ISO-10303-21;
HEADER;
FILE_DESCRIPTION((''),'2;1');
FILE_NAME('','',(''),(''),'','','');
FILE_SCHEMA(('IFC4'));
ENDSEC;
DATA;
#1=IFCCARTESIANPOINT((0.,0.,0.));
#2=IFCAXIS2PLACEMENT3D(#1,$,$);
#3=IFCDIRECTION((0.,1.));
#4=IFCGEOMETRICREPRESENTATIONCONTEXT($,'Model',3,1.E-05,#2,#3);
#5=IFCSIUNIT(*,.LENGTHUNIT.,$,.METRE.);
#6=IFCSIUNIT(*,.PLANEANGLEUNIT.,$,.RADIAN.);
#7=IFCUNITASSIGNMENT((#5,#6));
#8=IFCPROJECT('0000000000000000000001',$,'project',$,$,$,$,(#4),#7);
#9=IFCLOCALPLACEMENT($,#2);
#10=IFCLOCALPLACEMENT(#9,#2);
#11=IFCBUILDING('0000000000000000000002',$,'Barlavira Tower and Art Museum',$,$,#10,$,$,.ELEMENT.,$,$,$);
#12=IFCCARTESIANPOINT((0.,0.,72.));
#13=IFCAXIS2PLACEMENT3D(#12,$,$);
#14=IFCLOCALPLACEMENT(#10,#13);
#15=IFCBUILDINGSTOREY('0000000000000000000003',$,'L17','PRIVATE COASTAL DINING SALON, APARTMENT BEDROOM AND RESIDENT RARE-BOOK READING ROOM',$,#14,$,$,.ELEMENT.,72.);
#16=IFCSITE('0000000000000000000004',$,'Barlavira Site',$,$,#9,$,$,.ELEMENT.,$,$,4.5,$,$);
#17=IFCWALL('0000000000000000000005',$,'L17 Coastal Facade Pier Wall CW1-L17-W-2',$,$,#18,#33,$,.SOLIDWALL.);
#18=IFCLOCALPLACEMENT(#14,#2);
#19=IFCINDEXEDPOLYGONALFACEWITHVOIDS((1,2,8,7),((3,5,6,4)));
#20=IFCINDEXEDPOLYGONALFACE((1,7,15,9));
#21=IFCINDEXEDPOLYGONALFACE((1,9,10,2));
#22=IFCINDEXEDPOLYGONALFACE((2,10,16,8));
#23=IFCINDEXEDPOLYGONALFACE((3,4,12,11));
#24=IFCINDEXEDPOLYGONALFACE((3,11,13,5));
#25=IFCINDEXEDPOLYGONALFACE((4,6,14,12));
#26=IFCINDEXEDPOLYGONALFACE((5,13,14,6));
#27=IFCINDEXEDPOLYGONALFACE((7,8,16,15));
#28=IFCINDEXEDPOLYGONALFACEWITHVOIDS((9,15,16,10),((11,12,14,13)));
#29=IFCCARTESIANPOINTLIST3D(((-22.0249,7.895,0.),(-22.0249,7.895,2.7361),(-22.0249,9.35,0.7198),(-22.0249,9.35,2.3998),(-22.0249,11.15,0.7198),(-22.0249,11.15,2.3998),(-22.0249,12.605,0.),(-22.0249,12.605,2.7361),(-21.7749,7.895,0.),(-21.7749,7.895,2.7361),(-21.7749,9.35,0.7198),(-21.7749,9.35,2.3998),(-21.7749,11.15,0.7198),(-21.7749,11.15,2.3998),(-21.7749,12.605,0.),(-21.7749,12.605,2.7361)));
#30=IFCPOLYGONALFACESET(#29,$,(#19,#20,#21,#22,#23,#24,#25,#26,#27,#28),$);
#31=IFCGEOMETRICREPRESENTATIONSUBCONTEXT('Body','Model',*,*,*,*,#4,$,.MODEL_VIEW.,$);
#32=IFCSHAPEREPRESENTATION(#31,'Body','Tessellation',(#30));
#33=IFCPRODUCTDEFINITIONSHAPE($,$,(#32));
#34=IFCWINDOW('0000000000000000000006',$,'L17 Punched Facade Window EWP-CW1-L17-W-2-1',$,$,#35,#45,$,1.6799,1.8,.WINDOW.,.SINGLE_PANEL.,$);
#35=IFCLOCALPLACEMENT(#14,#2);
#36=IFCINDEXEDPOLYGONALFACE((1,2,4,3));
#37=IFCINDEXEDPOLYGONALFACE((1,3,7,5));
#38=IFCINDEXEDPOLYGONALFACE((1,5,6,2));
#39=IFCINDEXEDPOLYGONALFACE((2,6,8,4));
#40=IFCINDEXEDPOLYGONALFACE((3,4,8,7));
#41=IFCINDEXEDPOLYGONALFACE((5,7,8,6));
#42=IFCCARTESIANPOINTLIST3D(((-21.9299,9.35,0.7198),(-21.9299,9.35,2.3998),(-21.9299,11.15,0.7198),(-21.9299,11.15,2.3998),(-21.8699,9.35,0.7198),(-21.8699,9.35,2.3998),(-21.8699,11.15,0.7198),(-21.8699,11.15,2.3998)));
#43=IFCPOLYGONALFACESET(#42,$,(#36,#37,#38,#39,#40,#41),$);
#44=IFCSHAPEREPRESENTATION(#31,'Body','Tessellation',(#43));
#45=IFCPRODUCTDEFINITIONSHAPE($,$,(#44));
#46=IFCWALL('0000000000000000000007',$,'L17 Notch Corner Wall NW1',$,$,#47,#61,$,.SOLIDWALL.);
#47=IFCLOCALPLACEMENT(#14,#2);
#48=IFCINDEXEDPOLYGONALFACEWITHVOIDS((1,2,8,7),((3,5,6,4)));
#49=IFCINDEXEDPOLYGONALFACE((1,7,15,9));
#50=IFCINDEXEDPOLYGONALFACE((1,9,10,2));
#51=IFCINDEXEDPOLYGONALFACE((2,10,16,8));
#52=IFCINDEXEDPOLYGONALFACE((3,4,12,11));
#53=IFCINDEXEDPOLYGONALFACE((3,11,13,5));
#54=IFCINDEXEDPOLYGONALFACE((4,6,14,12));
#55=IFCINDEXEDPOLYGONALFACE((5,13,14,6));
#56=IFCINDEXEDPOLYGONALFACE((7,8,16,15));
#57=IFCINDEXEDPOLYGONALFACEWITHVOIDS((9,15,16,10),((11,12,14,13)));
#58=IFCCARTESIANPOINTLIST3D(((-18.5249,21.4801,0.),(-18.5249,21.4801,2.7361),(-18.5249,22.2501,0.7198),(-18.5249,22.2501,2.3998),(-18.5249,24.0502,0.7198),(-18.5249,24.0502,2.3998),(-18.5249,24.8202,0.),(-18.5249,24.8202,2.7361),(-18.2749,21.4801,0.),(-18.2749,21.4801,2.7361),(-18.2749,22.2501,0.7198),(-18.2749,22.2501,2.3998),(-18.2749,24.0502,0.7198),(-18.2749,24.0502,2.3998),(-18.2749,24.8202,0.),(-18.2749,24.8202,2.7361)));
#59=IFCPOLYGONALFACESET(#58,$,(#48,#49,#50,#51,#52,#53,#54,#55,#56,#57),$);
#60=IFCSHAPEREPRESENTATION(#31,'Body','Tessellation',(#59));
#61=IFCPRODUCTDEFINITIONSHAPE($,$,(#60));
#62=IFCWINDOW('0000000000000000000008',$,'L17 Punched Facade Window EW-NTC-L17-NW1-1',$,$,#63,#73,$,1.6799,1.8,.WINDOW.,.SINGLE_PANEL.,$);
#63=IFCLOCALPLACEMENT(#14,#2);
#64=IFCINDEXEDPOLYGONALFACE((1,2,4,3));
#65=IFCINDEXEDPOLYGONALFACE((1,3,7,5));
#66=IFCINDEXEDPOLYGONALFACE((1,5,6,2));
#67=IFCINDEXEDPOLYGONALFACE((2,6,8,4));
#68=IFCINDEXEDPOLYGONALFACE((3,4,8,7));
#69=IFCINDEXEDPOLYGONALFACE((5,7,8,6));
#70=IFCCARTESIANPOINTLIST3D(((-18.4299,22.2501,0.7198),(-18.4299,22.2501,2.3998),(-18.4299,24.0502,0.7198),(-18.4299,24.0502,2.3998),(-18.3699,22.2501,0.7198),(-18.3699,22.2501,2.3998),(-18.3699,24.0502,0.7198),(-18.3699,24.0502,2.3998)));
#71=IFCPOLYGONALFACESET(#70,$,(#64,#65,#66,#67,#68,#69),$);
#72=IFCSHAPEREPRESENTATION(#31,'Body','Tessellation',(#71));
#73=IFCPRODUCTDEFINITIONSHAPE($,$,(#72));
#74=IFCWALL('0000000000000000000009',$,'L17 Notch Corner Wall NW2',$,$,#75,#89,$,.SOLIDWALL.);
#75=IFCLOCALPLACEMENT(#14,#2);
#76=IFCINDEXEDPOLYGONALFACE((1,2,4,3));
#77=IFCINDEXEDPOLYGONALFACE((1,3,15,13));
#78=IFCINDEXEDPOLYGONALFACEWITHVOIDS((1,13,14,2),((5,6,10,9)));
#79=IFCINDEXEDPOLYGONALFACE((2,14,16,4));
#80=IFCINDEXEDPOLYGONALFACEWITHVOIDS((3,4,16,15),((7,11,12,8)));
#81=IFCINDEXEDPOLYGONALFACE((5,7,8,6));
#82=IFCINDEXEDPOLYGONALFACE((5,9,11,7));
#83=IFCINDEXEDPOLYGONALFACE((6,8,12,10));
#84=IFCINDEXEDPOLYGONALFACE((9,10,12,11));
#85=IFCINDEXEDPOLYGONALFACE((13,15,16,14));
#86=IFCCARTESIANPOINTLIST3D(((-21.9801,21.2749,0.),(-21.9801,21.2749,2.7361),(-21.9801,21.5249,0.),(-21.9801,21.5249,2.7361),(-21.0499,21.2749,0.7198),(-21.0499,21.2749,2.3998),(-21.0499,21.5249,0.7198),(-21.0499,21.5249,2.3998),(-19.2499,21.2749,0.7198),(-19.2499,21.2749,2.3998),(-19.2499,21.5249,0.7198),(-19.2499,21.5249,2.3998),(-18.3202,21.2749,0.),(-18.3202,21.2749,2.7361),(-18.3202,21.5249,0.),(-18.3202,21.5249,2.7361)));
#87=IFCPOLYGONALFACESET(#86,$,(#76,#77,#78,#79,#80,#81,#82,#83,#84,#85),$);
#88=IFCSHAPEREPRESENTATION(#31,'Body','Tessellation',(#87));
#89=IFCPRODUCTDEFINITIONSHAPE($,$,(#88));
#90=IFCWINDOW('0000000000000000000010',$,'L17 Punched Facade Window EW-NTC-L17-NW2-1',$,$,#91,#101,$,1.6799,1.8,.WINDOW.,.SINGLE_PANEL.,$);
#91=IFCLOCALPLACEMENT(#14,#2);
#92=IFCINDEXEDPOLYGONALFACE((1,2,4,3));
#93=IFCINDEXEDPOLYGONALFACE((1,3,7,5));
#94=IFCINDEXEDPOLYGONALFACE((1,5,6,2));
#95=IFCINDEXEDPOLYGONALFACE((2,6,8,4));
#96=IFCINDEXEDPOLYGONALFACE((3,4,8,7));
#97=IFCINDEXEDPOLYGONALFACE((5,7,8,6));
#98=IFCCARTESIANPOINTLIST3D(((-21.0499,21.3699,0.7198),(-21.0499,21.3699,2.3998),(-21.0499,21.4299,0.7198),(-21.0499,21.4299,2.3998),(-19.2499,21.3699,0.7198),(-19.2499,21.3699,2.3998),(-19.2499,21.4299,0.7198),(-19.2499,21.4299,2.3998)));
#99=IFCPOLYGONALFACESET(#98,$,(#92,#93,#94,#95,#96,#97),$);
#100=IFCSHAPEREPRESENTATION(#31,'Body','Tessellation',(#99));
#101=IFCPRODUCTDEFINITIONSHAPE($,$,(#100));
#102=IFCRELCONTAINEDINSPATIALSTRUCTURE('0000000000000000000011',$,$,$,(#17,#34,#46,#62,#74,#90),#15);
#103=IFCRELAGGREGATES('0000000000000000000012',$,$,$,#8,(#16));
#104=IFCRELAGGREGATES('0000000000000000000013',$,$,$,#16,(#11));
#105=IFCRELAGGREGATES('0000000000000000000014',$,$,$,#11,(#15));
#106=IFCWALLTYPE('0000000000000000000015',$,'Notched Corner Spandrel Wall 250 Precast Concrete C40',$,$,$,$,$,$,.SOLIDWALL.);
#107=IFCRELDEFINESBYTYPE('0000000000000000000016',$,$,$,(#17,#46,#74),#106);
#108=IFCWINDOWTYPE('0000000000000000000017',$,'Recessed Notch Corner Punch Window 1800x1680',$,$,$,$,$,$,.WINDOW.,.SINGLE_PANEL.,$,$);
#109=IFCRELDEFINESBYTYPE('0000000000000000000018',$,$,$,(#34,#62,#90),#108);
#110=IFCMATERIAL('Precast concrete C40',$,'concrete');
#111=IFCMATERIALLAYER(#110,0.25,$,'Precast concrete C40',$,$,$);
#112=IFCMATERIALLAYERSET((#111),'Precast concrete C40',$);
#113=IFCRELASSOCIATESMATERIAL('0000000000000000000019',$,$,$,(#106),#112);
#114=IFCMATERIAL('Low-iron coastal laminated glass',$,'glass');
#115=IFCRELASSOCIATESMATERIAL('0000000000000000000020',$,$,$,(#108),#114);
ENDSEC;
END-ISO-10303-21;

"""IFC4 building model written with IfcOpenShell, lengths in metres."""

from ifc_helpers import new_model, si_unit, direction, frame, frame_2d, origin, place, context, subcontext, project, spatial, rectangle, extrude, material, layer, layer_set, type_object, element, fill, save


model = new_model("IFC4")

# Units and contexts
model_context = context("Model", 3, precision=1e-05, world=origin(), true_north=direction((0.0, 1.0)))
body_context = subcontext(model_context, "Body", "Model", "MODEL_VIEW")
ifc_project = project(units=[si_unit("LENGTHUNIT", "METRE"), si_unit("PLANEANGLEUNIT", "RADIAN")], contexts=[model_context])

# Site, building, storey
site_placement = place(None, origin())
site = spatial("IfcSite", under=ifc_project, at=site_placement, Name="Barlavira Site", CompositionType="ELEMENT", RefElevation=4.5)
building_placement = place(site_placement, origin())
building = spatial("IfcBuilding", under=site, at=building_placement, Name="Barlavira Tower and Art Museum", CompositionType="ELEMENT")
storey_placement = place(building_placement, frame((0.0, 0.0, 72.0)))
storey = spatial("IfcBuildingStorey", under=building, at=storey_placement, Name="L17", Description="PRIVATE COASTAL DINING SALON, APARTMENT BEDROOM AND RESIDENT RARE-BOOK READING ROOM", CompositionType="ELEMENT", Elevation=72.0)

# Shared definitions
ifc_material_1 = material(Name="Precast concrete C40", Category="concrete")
ifc_layer_1 = layer(ifc_material_1, 0.25, Name="Precast concrete C40")
ifc_layer_set_1 = layer_set([ifc_layer_1], Name="Precast concrete C40")
wall_type_1 = type_object("IfcWallType", Name="Notched Corner Spandrel Wall 250 Precast Concrete C40", PredefinedType="SOLIDWALL", material=ifc_layer_set_1)
ifc_material_2 = material(Name="Low-iron coastal laminated glass", Category="glass")
window_type = type_object("IfcWindowType", Name="Recessed Notch Corner Punch Window 1800x1680", PartitioningType="SINGLE_PANEL", PredefinedType="WINDOW", material=ifc_material_2)

# Walls, openings, windows
wall_1_placement = place(storey_placement, frame((-21.8999, 12.605, 0.0), z_axis=(0.0, 0.0, 1.0), x_axis=(0.0, -1.0, 0.0)))
wall_1 = element("IfcWall", 1, at=wall_1_placement, inside=storey, type_object=wall_type_1, Name="L17 Coastal Facade Pier Wall CW1-L17-W-2", PredefinedType="SOLIDWALL", context=body_context, shape_type="SweptSolid", body=[
    extrude(rectangle(XDim=4.71, YDim=0.25, at=frame_2d((2.355, 0.0))), origin(), (0.0, 0.0, 1.0), 2.7361),
])
opening_1_placement = place(wall_1_placement, frame((1.4551, 0.0, 0.72)))
opening_1 = element("IfcOpeningElement", 2, at=opening_1_placement, cuts=wall_1, PredefinedType="OPENING", context=body_context, shape_type="SweptSolid", body=[
    extrude(rectangle(XDim=1.8, YDim=1.6799, at=frame_2d((0.8999, 0.8398))), frame((0.0, 0.135, 0.0), z_axis=(0.0, -1.0, 0.0), x_axis=(1.0, 0.0, 0.0)), (0.0, 0.0, 1.0), 0.27),
])
window_1_placement = place(opening_1_placement, origin())
window_1 = element("IfcWindow", 3, at=window_1_placement, inside=storey, type_object=window_type, Name="L17 Punched Facade Window EWP-CW1-L17-W-2-1", OverallHeight=1.6799, OverallWidth=1.8, PartitioningType="SINGLE_PANEL", PredefinedType="WINDOW", context=body_context, shape_type="SweptSolid", body=[
    extrude(rectangle(XDim=1.8, YDim=1.6799, at=frame_2d((0.8999, 0.8398))), frame((0.0, 0.03, 0.0), z_axis=(0.0, -1.0, 0.0), x_axis=(1.0, 0.0, 0.0)), (0.0, 0.0, 1.0), 0.0601),
])
fill(opening_1, window_1)
wall_2_placement = place(storey_placement, frame((-18.3999, 24.8201, 0.0), z_axis=(0.0, 0.0, 1.0), x_axis=(0.0, -1.0, 0.0)))
wall_2 = element("IfcWall", 4, at=wall_2_placement, inside=storey, type_object=wall_type_1, Name="L17 Notch Corner Wall NW1", PredefinedType="SOLIDWALL", context=body_context, shape_type="SweptSolid", body=[
    extrude(rectangle(XDim=3.3401, YDim=0.25, at=frame_2d((1.6699, 0.0))), origin(), (0.0, 0.0, 1.0), 2.7361),
])
opening_2_placement = place(wall_2_placement, frame((0.77, 0.0, 0.72)))
opening_2 = element("IfcOpeningElement", 5, at=opening_2_placement, cuts=wall_2, PredefinedType="OPENING", context=body_context, shape_type="SweptSolid", body=[
    extrude(rectangle(XDim=1.8, YDim=1.6799, at=frame_2d((0.8999, 0.8398))), frame((0.0, 0.135, 0.0), z_axis=(0.0, -1.0, 0.0), x_axis=(1.0, 0.0, 0.0)), (0.0, 0.0, 1.0), 0.27),
])
window_2_placement = place(opening_2_placement, origin())
window_2 = element("IfcWindow", 6, at=window_2_placement, inside=storey, type_object=window_type, Name="L17 Punched Facade Window EW-NTC-L17-NW1-1", OverallHeight=1.6799, OverallWidth=1.8, PartitioningType="SINGLE_PANEL", PredefinedType="WINDOW", context=body_context, shape_type="SweptSolid", body=[
    extrude(rectangle(XDim=1.8, YDim=1.6799, at=frame_2d((0.8999, 0.8398))), frame((0.0, 0.03, 0.0), z_axis=(0.0, -1.0, 0.0), x_axis=(1.0, 0.0, 0.0)), (0.0, 0.0, 1.0), 0.0601),
])
fill(opening_2, window_2)
wall_3_placement = place(storey_placement, frame((-18.3201, 21.3999, 0.0), z_axis=(0.0, 0.0, 1.0), x_axis=(-1.0, 0.0, 0.0)))
wall_3 = element("IfcWall", 7, at=wall_3_placement, inside=storey, type_object=wall_type_1, Name="L17 Notch Corner Wall NW2", PredefinedType="SOLIDWALL", context=body_context, shape_type="SweptSolid", body=[
    extrude(rectangle(XDim=3.6599, YDim=0.25, at=frame_2d((1.8301, 0.0))), origin(), (0.0, 0.0, 1.0), 2.7361),
])
opening_3_placement = place(wall_3_placement, frame((0.9299, 0.0, 0.72)))
opening_3 = element("IfcOpeningElement", 8, at=opening_3_placement, cuts=wall_3, PredefinedType="OPENING", context=body_context, shape_type="SweptSolid", body=[
    extrude(rectangle(XDim=1.8, YDim=1.6799, at=frame_2d((0.8999, 0.8398))), frame((0.0, 0.135, 0.0), z_axis=(0.0, -1.0, 0.0), x_axis=(1.0, 0.0, 0.0)), (0.0, 0.0, 1.0), 0.27),
])
window_3_placement = place(opening_3_placement, origin())
window_3 = element("IfcWindow", 9, at=window_3_placement, inside=storey, type_object=window_type, Name="L17 Punched Facade Window EW-NTC-L17-NW2-1", OverallHeight=1.6799, OverallWidth=1.8, PartitioningType="SINGLE_PANEL", PredefinedType="WINDOW", context=body_context, shape_type="SweptSolid", body=[
    extrude(rectangle(XDim=1.8, YDim=1.6799, at=frame_2d((0.8999, 0.8398))), frame((0.0, 0.03, 0.0), z_axis=(0.0, -1.0, 0.0), x_axis=(1.0, 0.0, 0.0)), (0.0, 0.0, 1.0), 0.0601),
])
fill(opening_3, window_3)

save(model, "model.ifc")
